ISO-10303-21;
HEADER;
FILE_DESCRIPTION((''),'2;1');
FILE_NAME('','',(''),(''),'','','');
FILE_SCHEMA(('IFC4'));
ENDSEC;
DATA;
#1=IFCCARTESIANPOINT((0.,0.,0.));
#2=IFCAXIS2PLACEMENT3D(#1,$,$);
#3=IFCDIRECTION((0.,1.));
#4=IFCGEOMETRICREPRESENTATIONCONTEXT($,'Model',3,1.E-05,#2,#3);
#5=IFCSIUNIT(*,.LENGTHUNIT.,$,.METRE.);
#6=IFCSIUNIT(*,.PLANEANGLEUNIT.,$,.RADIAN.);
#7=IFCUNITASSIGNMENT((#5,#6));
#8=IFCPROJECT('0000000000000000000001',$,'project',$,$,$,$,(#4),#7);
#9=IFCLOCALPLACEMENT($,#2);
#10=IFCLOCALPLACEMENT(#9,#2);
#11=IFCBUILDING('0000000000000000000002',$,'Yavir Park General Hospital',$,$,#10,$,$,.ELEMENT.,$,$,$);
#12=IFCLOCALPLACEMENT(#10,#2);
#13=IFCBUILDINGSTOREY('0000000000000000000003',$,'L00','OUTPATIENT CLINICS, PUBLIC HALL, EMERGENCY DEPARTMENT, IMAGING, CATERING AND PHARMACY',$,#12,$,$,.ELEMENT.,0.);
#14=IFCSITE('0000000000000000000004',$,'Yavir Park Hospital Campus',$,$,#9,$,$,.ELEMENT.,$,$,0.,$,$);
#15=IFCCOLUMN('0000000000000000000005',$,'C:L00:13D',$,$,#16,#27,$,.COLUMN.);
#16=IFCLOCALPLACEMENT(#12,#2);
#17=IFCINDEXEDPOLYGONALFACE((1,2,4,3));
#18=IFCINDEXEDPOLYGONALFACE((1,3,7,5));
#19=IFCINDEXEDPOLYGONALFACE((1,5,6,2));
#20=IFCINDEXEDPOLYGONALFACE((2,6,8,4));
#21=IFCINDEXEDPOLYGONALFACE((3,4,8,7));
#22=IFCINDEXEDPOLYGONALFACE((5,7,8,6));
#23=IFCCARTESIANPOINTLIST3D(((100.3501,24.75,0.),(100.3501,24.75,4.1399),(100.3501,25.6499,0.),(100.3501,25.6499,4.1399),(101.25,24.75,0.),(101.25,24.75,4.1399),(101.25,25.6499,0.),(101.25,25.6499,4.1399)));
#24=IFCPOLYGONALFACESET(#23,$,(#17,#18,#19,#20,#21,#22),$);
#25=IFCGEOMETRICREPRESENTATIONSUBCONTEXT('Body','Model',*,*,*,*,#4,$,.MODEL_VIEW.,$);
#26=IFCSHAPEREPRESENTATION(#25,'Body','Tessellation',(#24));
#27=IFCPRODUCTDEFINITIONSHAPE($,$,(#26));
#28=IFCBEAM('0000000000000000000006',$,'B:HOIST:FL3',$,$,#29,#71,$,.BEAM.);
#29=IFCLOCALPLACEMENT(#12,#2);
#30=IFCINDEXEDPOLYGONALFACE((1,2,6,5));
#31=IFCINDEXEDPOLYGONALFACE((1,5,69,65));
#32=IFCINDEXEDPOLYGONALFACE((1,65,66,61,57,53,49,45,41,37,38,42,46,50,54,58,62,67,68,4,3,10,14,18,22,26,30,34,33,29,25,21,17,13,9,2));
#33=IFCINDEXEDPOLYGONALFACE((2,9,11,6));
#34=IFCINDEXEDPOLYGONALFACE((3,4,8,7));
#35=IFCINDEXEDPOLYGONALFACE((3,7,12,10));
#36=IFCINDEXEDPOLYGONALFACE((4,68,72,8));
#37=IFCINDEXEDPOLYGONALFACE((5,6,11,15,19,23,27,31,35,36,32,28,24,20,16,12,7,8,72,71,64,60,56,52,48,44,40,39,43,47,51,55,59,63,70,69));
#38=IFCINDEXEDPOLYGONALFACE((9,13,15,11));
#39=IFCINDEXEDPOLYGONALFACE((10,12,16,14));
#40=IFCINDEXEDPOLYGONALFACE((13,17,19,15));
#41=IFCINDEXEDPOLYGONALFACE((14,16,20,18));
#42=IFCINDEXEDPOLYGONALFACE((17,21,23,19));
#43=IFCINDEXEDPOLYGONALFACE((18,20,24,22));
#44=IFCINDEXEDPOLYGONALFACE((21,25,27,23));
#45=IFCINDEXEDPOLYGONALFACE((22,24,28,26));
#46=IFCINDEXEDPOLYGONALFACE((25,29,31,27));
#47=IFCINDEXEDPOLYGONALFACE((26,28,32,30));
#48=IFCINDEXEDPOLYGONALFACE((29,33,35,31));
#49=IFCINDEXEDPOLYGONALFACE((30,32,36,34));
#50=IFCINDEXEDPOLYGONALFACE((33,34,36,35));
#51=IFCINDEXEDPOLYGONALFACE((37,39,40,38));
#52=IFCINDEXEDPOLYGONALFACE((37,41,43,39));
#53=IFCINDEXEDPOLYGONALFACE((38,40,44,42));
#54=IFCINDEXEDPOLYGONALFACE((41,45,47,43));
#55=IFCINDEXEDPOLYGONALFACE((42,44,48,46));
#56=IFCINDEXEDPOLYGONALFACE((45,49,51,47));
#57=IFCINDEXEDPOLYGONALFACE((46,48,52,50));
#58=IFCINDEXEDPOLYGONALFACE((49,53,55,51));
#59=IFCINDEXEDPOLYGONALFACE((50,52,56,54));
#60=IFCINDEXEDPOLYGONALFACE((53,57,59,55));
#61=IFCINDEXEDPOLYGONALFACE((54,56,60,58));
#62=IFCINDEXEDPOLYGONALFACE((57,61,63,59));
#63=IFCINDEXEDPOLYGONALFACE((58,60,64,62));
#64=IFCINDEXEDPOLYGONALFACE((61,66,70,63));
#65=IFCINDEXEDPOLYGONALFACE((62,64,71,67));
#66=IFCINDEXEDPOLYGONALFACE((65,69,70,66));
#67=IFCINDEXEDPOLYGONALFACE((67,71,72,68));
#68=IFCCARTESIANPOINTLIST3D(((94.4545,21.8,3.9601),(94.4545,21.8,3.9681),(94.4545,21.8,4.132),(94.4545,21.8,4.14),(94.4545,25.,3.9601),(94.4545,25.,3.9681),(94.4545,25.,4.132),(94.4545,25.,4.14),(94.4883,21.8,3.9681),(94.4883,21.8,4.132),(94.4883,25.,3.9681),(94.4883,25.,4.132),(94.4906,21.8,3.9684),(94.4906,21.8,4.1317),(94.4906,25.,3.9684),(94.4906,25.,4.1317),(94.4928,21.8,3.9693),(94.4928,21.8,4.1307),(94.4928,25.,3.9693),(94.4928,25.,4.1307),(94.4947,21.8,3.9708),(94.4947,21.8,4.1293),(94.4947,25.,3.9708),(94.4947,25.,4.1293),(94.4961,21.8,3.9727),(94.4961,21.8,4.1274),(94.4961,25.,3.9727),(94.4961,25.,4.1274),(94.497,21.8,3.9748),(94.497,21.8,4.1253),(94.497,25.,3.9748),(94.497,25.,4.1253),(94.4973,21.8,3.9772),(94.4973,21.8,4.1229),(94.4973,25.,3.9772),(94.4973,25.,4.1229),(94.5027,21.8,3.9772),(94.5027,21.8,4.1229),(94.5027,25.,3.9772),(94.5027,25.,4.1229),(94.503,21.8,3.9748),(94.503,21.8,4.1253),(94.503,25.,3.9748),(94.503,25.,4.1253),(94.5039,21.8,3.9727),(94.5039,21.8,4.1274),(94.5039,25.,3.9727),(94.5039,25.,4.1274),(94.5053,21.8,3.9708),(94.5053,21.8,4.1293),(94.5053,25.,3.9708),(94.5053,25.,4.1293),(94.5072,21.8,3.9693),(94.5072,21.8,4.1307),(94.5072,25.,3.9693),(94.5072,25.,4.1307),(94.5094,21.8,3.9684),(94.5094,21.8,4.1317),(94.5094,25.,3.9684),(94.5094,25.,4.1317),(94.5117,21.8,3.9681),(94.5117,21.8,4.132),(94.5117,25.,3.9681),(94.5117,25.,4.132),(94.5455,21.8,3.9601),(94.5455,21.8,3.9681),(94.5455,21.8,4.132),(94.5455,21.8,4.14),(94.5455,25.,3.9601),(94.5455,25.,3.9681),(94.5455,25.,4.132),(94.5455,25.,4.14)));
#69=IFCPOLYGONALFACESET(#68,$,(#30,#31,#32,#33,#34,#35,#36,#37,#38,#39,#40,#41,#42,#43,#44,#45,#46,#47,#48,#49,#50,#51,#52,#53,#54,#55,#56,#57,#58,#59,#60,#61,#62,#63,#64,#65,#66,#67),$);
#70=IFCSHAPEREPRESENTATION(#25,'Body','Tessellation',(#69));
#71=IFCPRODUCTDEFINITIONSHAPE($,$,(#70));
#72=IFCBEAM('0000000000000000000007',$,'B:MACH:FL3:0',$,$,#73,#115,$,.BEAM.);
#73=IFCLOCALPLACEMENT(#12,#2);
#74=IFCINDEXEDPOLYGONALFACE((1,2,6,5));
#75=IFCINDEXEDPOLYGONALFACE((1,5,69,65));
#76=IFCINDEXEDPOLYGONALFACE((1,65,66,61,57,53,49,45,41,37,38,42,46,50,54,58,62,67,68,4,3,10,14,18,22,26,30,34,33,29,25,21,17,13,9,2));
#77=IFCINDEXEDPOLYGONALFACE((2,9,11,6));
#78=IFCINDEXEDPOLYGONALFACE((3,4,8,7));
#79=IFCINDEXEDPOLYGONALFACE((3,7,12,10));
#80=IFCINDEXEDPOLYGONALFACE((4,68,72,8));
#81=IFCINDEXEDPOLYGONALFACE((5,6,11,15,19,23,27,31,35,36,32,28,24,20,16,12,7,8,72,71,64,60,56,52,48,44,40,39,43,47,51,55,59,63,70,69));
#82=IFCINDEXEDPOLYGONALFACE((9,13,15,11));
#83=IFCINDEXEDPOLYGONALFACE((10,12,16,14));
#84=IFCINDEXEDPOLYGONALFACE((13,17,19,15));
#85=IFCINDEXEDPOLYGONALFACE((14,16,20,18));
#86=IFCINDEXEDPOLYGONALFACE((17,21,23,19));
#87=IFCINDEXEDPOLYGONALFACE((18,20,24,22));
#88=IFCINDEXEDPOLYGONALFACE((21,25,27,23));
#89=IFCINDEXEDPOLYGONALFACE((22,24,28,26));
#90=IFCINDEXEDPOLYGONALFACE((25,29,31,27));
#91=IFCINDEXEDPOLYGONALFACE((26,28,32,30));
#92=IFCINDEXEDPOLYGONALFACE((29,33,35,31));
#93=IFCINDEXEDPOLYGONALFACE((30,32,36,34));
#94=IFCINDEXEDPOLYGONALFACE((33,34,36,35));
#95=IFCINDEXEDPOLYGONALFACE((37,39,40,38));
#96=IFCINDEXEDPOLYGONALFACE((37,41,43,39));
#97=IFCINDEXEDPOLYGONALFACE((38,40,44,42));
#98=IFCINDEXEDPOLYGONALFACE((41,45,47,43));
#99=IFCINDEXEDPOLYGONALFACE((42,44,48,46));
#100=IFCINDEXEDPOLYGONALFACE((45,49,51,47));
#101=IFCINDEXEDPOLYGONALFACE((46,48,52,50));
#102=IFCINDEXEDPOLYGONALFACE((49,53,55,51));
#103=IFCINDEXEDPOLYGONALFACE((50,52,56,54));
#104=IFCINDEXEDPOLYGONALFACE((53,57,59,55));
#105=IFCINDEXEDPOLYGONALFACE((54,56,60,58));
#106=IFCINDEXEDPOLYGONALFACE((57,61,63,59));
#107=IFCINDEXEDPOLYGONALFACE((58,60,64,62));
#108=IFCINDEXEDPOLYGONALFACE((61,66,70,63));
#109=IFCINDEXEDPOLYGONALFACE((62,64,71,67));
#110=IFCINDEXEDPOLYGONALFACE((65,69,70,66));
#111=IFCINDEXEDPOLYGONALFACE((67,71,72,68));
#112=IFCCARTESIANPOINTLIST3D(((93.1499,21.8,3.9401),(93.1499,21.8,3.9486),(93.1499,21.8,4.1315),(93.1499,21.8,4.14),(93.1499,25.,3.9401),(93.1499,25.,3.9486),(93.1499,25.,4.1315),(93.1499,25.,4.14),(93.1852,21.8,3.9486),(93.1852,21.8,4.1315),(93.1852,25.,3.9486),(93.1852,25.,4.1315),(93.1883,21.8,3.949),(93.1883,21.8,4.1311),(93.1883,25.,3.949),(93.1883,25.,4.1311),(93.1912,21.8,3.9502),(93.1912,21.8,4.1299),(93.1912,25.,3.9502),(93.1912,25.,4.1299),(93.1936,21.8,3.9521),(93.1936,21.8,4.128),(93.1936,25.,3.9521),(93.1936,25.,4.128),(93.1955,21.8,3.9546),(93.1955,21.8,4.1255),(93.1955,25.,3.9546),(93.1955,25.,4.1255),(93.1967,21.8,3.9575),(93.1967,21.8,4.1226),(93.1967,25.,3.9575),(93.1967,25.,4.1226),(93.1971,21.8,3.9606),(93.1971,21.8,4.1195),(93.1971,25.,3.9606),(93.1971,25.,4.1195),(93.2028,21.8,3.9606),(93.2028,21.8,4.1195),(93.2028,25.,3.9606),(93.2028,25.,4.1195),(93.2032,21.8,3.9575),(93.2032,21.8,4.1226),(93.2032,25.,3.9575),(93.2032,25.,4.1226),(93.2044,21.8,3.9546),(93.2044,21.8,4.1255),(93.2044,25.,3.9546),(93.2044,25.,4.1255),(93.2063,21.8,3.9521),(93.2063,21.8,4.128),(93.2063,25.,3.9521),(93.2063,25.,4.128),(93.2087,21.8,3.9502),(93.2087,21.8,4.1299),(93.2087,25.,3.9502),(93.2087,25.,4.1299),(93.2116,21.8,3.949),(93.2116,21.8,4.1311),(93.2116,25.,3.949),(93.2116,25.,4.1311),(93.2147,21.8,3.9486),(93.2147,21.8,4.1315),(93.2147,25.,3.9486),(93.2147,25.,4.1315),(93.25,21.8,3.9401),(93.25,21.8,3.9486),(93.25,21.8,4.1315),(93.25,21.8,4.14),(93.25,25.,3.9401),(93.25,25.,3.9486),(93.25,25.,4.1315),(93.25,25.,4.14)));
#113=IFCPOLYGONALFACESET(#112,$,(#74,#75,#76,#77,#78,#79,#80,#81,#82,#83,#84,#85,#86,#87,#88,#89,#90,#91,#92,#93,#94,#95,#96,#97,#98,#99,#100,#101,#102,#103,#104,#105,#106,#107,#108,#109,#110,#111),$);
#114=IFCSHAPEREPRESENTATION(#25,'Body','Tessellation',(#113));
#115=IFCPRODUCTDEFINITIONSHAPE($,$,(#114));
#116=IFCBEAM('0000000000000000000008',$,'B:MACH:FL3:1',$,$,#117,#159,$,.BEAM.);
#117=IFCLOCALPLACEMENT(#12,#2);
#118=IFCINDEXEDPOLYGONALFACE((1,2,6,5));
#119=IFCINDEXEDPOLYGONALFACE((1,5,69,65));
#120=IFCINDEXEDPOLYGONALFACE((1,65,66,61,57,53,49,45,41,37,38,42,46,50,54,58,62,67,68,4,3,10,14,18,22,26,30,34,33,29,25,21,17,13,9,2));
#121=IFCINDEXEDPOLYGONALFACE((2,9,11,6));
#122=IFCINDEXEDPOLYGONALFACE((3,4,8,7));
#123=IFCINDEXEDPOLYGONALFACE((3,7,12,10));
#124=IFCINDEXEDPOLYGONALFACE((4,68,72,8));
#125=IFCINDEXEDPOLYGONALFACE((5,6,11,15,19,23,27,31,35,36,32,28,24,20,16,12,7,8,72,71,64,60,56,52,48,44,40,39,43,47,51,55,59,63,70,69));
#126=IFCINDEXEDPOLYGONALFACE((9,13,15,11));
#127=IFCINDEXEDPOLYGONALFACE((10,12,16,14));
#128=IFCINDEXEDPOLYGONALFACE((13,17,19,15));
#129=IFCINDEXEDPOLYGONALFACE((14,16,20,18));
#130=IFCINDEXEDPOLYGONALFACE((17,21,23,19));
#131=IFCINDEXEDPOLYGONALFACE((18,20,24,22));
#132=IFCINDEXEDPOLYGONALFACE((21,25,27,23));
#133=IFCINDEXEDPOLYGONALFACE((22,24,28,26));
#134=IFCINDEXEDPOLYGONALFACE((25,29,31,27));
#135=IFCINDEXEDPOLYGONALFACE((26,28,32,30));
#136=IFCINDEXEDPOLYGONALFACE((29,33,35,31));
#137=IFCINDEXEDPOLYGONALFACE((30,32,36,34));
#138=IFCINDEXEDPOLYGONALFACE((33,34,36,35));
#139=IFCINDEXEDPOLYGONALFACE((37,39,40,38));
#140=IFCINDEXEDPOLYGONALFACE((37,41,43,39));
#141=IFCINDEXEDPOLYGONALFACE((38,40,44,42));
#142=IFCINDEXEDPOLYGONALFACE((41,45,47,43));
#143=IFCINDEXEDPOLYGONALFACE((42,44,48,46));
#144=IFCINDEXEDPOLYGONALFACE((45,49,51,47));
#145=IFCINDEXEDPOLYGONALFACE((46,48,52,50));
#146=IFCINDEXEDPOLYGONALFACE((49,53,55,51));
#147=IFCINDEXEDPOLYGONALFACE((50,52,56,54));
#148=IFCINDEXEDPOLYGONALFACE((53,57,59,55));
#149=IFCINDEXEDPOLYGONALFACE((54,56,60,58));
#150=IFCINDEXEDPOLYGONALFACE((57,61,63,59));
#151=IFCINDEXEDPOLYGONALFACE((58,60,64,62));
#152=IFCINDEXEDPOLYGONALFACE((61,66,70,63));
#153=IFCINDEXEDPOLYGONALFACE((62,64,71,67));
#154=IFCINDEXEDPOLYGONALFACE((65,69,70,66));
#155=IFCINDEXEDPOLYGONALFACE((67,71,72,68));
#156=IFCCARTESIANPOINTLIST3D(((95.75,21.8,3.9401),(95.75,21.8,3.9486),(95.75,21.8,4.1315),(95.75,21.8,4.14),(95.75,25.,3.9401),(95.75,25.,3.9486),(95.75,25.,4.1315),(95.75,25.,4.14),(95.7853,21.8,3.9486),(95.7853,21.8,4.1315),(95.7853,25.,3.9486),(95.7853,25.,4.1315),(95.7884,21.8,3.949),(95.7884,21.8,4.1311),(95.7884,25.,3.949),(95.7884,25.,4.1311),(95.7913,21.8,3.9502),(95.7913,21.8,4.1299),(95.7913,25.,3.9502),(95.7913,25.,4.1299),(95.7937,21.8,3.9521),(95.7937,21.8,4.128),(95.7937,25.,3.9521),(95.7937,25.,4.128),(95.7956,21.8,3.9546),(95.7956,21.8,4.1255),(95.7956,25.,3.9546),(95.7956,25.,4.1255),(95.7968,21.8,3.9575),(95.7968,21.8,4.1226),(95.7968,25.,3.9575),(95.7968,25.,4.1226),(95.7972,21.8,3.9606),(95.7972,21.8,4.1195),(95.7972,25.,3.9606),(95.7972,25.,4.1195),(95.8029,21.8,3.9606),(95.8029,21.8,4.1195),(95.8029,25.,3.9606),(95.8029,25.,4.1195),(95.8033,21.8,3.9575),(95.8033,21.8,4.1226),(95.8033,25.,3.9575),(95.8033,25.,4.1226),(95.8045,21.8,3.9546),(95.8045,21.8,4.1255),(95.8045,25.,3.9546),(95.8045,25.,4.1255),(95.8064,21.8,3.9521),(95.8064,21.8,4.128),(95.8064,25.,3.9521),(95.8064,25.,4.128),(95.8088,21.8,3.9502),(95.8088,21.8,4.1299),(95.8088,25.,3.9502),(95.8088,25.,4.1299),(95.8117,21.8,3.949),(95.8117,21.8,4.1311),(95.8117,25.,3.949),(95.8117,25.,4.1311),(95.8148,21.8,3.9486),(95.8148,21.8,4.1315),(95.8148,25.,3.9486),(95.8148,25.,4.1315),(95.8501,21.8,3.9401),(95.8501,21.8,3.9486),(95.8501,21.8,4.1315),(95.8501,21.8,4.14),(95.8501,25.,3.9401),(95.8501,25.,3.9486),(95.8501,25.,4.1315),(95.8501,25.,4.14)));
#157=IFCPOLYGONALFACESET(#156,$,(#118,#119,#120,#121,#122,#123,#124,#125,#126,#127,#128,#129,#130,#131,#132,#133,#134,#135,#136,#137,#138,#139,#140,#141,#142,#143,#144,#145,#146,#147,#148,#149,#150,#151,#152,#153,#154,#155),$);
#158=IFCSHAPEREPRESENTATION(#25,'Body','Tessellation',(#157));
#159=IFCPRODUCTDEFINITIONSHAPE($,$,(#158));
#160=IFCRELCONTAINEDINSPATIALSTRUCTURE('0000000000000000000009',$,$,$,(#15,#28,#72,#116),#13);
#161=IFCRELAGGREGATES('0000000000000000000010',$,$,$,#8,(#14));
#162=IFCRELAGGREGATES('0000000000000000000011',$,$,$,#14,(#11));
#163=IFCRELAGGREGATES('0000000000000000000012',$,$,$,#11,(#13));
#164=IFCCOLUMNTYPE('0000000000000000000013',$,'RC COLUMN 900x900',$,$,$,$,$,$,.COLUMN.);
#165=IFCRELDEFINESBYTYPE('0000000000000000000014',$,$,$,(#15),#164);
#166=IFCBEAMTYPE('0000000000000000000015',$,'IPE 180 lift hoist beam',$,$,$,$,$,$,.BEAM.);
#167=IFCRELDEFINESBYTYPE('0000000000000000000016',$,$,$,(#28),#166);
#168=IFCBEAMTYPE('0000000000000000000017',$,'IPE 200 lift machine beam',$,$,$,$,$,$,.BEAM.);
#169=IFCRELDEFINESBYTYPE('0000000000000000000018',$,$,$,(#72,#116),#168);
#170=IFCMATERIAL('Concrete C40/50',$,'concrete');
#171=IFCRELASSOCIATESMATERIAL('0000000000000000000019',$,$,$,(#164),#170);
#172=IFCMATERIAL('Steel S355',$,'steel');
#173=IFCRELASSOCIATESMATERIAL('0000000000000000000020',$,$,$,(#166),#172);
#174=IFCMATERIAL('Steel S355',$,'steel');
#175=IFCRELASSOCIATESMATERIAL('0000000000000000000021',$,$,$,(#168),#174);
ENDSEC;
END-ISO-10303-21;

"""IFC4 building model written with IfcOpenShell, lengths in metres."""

from ifc_helpers import new_model, si_unit, direction, frame, origin, origin_2d, place, context, subcontext, project, spatial, rectangle, i_section, extrude, material, material_profile, profile_set, type_object, element, save


model = new_model("IFC4")

# Units and contexts
model_context = context("Model", 3, precision=1e-05, world=origin(), true_north=direction((0.0, 1.0)))
body_context = subcontext(model_context, "Body", "Model", "MODEL_VIEW")
ifc_project = project(units=[si_unit("LENGTHUNIT", "METRE"), si_unit("PLANEANGLEUNIT", "RADIAN")], contexts=[model_context])

# Site, building, storey
site_placement = place(None, origin())
site = spatial("IfcSite", under=ifc_project, at=site_placement, Name="Yavir Park Hospital Campus", CompositionType="ELEMENT", RefElevation=0.0)
building_placement = place(site_placement, origin())
building = spatial("IfcBuilding", under=site, at=building_placement, Name="Yavir Park General Hospital", CompositionType="ELEMENT")
storey_placement = place(building_placement, origin())
storey = spatial("IfcBuildingStorey", under=building, at=storey_placement, Name="L00", Description="OUTPATIENT CLINICS, PUBLIC HALL, EMERGENCY DEPARTMENT, IMAGING, CATERING AND PHARMACY", CompositionType="ELEMENT", Elevation=0.0)

# Column
ifc_material_1 = material(Name="Concrete C40/50", Category="concrete")
ifc_material_profile_1 = material_profile(ifc_material_1, rectangle(XDim=0.8999, YDim=0.8999, at=origin_2d()), Name="RC900x900")
ifc_profile_set_1 = profile_set([ifc_material_profile_1], Name="Concrete C40/50")
column_type = type_object("IfcColumnType", Name="RC COLUMN 900x900", PredefinedType="COLUMN", material=ifc_profile_set_1)
column_placement = place(storey_placement, frame((100.8, 25.2, 0.0), z_axis=(0.0, 0.0, 1.0), x_axis=(1.0, 0.0, 0.0)))
element("IfcColumn", 1, at=column_placement, inside=storey, type_object=column_type, Name="C:L00:13D", PredefinedType="COLUMN", context=body_context, shape_type="SweptSolid", body=[
    extrude(rectangle(XDim=0.8999, YDim=0.8999, at=origin_2d()), origin(), (0.0, 0.0, 1.0), 4.1399),
])

# Beams
ifc_material_2 = material(Name="Steel S355", Category="steel")
ifc_material_profile_2 = material_profile(ifc_material_2, i_section(OverallWidth=0.0911, OverallDepth=0.1799, WebThickness=0.0054, FlangeThickness=0.0081, FilletRadius=0.009, at=origin_2d()), Name="IPE180")
ifc_profile_set_2 = profile_set([ifc_material_profile_2], Name="Steel S355")
beam_type_1 = type_object("IfcBeamType", Name="IPE 180 lift hoist beam", PredefinedType="BEAM", material=ifc_profile_set_2)
beam_placement = place(storey_placement, frame((94.5, 21.8, 4.05), z_axis=(0.0, 1.0, 0.0), x_axis=(-1.0, 0.0, 0.0)))
element("IfcBeam", 2, at=beam_placement, inside=storey, type_object=beam_type_1, Name="B:HOIST:FL3", PredefinedType="BEAM", context=body_context, shape_type="SweptSolid", body=[
    extrude(i_section(OverallWidth=0.0911, OverallDepth=0.1799, WebThickness=0.0054, FlangeThickness=0.0081, FilletRadius=0.009, at=origin_2d()), origin(), (0.0, 0.0, 1.0), 3.2),
])
ifc_material_3 = material(Name="Steel S355", Category="steel")
ifc_material_profile_3 = material_profile(ifc_material_3, i_section(OverallWidth=0.1001, OverallDepth=0.2, WebThickness=0.0056, FlangeThickness=0.0085, FilletRadius=0.012, at=origin_2d()), Name="IPE200")
ifc_profile_set_3 = profile_set([ifc_material_profile_3], Name="Steel S355")
beam_type_2 = type_object("IfcBeamType", Name="IPE 200 lift machine beam", PredefinedType="BEAM", material=ifc_profile_set_3)
for number, where, z_axis, x_axis, name in (
    (3, (93.2, 21.8, 4.04), (0.0, 1.0, 0.0), (-1.0, 0.0, 0.0), "B:MACH:FL3:0"),
    (4, (95.8, 21.8, 4.04), (0.0, 1.0, 0.0), (-1.0, 0.0, 0.0), "B:MACH:FL3:1"),
):
    element("IfcBeam", number, at=place(storey_placement, frame(where, z_axis=z_axis, x_axis=x_axis)), inside=storey, type_object=beam_type_2, Name=name, PredefinedType="BEAM", context=body_context, shape_type="SweptSolid", body=[
        extrude(i_section(OverallWidth=0.1001, OverallDepth=0.2, WebThickness=0.0056, FlangeThickness=0.0085, FilletRadius=0.012, at=origin_2d()), origin(), (0.0, 0.0, 1.0), 3.2),
    ])

save(model, "model.ifc")
